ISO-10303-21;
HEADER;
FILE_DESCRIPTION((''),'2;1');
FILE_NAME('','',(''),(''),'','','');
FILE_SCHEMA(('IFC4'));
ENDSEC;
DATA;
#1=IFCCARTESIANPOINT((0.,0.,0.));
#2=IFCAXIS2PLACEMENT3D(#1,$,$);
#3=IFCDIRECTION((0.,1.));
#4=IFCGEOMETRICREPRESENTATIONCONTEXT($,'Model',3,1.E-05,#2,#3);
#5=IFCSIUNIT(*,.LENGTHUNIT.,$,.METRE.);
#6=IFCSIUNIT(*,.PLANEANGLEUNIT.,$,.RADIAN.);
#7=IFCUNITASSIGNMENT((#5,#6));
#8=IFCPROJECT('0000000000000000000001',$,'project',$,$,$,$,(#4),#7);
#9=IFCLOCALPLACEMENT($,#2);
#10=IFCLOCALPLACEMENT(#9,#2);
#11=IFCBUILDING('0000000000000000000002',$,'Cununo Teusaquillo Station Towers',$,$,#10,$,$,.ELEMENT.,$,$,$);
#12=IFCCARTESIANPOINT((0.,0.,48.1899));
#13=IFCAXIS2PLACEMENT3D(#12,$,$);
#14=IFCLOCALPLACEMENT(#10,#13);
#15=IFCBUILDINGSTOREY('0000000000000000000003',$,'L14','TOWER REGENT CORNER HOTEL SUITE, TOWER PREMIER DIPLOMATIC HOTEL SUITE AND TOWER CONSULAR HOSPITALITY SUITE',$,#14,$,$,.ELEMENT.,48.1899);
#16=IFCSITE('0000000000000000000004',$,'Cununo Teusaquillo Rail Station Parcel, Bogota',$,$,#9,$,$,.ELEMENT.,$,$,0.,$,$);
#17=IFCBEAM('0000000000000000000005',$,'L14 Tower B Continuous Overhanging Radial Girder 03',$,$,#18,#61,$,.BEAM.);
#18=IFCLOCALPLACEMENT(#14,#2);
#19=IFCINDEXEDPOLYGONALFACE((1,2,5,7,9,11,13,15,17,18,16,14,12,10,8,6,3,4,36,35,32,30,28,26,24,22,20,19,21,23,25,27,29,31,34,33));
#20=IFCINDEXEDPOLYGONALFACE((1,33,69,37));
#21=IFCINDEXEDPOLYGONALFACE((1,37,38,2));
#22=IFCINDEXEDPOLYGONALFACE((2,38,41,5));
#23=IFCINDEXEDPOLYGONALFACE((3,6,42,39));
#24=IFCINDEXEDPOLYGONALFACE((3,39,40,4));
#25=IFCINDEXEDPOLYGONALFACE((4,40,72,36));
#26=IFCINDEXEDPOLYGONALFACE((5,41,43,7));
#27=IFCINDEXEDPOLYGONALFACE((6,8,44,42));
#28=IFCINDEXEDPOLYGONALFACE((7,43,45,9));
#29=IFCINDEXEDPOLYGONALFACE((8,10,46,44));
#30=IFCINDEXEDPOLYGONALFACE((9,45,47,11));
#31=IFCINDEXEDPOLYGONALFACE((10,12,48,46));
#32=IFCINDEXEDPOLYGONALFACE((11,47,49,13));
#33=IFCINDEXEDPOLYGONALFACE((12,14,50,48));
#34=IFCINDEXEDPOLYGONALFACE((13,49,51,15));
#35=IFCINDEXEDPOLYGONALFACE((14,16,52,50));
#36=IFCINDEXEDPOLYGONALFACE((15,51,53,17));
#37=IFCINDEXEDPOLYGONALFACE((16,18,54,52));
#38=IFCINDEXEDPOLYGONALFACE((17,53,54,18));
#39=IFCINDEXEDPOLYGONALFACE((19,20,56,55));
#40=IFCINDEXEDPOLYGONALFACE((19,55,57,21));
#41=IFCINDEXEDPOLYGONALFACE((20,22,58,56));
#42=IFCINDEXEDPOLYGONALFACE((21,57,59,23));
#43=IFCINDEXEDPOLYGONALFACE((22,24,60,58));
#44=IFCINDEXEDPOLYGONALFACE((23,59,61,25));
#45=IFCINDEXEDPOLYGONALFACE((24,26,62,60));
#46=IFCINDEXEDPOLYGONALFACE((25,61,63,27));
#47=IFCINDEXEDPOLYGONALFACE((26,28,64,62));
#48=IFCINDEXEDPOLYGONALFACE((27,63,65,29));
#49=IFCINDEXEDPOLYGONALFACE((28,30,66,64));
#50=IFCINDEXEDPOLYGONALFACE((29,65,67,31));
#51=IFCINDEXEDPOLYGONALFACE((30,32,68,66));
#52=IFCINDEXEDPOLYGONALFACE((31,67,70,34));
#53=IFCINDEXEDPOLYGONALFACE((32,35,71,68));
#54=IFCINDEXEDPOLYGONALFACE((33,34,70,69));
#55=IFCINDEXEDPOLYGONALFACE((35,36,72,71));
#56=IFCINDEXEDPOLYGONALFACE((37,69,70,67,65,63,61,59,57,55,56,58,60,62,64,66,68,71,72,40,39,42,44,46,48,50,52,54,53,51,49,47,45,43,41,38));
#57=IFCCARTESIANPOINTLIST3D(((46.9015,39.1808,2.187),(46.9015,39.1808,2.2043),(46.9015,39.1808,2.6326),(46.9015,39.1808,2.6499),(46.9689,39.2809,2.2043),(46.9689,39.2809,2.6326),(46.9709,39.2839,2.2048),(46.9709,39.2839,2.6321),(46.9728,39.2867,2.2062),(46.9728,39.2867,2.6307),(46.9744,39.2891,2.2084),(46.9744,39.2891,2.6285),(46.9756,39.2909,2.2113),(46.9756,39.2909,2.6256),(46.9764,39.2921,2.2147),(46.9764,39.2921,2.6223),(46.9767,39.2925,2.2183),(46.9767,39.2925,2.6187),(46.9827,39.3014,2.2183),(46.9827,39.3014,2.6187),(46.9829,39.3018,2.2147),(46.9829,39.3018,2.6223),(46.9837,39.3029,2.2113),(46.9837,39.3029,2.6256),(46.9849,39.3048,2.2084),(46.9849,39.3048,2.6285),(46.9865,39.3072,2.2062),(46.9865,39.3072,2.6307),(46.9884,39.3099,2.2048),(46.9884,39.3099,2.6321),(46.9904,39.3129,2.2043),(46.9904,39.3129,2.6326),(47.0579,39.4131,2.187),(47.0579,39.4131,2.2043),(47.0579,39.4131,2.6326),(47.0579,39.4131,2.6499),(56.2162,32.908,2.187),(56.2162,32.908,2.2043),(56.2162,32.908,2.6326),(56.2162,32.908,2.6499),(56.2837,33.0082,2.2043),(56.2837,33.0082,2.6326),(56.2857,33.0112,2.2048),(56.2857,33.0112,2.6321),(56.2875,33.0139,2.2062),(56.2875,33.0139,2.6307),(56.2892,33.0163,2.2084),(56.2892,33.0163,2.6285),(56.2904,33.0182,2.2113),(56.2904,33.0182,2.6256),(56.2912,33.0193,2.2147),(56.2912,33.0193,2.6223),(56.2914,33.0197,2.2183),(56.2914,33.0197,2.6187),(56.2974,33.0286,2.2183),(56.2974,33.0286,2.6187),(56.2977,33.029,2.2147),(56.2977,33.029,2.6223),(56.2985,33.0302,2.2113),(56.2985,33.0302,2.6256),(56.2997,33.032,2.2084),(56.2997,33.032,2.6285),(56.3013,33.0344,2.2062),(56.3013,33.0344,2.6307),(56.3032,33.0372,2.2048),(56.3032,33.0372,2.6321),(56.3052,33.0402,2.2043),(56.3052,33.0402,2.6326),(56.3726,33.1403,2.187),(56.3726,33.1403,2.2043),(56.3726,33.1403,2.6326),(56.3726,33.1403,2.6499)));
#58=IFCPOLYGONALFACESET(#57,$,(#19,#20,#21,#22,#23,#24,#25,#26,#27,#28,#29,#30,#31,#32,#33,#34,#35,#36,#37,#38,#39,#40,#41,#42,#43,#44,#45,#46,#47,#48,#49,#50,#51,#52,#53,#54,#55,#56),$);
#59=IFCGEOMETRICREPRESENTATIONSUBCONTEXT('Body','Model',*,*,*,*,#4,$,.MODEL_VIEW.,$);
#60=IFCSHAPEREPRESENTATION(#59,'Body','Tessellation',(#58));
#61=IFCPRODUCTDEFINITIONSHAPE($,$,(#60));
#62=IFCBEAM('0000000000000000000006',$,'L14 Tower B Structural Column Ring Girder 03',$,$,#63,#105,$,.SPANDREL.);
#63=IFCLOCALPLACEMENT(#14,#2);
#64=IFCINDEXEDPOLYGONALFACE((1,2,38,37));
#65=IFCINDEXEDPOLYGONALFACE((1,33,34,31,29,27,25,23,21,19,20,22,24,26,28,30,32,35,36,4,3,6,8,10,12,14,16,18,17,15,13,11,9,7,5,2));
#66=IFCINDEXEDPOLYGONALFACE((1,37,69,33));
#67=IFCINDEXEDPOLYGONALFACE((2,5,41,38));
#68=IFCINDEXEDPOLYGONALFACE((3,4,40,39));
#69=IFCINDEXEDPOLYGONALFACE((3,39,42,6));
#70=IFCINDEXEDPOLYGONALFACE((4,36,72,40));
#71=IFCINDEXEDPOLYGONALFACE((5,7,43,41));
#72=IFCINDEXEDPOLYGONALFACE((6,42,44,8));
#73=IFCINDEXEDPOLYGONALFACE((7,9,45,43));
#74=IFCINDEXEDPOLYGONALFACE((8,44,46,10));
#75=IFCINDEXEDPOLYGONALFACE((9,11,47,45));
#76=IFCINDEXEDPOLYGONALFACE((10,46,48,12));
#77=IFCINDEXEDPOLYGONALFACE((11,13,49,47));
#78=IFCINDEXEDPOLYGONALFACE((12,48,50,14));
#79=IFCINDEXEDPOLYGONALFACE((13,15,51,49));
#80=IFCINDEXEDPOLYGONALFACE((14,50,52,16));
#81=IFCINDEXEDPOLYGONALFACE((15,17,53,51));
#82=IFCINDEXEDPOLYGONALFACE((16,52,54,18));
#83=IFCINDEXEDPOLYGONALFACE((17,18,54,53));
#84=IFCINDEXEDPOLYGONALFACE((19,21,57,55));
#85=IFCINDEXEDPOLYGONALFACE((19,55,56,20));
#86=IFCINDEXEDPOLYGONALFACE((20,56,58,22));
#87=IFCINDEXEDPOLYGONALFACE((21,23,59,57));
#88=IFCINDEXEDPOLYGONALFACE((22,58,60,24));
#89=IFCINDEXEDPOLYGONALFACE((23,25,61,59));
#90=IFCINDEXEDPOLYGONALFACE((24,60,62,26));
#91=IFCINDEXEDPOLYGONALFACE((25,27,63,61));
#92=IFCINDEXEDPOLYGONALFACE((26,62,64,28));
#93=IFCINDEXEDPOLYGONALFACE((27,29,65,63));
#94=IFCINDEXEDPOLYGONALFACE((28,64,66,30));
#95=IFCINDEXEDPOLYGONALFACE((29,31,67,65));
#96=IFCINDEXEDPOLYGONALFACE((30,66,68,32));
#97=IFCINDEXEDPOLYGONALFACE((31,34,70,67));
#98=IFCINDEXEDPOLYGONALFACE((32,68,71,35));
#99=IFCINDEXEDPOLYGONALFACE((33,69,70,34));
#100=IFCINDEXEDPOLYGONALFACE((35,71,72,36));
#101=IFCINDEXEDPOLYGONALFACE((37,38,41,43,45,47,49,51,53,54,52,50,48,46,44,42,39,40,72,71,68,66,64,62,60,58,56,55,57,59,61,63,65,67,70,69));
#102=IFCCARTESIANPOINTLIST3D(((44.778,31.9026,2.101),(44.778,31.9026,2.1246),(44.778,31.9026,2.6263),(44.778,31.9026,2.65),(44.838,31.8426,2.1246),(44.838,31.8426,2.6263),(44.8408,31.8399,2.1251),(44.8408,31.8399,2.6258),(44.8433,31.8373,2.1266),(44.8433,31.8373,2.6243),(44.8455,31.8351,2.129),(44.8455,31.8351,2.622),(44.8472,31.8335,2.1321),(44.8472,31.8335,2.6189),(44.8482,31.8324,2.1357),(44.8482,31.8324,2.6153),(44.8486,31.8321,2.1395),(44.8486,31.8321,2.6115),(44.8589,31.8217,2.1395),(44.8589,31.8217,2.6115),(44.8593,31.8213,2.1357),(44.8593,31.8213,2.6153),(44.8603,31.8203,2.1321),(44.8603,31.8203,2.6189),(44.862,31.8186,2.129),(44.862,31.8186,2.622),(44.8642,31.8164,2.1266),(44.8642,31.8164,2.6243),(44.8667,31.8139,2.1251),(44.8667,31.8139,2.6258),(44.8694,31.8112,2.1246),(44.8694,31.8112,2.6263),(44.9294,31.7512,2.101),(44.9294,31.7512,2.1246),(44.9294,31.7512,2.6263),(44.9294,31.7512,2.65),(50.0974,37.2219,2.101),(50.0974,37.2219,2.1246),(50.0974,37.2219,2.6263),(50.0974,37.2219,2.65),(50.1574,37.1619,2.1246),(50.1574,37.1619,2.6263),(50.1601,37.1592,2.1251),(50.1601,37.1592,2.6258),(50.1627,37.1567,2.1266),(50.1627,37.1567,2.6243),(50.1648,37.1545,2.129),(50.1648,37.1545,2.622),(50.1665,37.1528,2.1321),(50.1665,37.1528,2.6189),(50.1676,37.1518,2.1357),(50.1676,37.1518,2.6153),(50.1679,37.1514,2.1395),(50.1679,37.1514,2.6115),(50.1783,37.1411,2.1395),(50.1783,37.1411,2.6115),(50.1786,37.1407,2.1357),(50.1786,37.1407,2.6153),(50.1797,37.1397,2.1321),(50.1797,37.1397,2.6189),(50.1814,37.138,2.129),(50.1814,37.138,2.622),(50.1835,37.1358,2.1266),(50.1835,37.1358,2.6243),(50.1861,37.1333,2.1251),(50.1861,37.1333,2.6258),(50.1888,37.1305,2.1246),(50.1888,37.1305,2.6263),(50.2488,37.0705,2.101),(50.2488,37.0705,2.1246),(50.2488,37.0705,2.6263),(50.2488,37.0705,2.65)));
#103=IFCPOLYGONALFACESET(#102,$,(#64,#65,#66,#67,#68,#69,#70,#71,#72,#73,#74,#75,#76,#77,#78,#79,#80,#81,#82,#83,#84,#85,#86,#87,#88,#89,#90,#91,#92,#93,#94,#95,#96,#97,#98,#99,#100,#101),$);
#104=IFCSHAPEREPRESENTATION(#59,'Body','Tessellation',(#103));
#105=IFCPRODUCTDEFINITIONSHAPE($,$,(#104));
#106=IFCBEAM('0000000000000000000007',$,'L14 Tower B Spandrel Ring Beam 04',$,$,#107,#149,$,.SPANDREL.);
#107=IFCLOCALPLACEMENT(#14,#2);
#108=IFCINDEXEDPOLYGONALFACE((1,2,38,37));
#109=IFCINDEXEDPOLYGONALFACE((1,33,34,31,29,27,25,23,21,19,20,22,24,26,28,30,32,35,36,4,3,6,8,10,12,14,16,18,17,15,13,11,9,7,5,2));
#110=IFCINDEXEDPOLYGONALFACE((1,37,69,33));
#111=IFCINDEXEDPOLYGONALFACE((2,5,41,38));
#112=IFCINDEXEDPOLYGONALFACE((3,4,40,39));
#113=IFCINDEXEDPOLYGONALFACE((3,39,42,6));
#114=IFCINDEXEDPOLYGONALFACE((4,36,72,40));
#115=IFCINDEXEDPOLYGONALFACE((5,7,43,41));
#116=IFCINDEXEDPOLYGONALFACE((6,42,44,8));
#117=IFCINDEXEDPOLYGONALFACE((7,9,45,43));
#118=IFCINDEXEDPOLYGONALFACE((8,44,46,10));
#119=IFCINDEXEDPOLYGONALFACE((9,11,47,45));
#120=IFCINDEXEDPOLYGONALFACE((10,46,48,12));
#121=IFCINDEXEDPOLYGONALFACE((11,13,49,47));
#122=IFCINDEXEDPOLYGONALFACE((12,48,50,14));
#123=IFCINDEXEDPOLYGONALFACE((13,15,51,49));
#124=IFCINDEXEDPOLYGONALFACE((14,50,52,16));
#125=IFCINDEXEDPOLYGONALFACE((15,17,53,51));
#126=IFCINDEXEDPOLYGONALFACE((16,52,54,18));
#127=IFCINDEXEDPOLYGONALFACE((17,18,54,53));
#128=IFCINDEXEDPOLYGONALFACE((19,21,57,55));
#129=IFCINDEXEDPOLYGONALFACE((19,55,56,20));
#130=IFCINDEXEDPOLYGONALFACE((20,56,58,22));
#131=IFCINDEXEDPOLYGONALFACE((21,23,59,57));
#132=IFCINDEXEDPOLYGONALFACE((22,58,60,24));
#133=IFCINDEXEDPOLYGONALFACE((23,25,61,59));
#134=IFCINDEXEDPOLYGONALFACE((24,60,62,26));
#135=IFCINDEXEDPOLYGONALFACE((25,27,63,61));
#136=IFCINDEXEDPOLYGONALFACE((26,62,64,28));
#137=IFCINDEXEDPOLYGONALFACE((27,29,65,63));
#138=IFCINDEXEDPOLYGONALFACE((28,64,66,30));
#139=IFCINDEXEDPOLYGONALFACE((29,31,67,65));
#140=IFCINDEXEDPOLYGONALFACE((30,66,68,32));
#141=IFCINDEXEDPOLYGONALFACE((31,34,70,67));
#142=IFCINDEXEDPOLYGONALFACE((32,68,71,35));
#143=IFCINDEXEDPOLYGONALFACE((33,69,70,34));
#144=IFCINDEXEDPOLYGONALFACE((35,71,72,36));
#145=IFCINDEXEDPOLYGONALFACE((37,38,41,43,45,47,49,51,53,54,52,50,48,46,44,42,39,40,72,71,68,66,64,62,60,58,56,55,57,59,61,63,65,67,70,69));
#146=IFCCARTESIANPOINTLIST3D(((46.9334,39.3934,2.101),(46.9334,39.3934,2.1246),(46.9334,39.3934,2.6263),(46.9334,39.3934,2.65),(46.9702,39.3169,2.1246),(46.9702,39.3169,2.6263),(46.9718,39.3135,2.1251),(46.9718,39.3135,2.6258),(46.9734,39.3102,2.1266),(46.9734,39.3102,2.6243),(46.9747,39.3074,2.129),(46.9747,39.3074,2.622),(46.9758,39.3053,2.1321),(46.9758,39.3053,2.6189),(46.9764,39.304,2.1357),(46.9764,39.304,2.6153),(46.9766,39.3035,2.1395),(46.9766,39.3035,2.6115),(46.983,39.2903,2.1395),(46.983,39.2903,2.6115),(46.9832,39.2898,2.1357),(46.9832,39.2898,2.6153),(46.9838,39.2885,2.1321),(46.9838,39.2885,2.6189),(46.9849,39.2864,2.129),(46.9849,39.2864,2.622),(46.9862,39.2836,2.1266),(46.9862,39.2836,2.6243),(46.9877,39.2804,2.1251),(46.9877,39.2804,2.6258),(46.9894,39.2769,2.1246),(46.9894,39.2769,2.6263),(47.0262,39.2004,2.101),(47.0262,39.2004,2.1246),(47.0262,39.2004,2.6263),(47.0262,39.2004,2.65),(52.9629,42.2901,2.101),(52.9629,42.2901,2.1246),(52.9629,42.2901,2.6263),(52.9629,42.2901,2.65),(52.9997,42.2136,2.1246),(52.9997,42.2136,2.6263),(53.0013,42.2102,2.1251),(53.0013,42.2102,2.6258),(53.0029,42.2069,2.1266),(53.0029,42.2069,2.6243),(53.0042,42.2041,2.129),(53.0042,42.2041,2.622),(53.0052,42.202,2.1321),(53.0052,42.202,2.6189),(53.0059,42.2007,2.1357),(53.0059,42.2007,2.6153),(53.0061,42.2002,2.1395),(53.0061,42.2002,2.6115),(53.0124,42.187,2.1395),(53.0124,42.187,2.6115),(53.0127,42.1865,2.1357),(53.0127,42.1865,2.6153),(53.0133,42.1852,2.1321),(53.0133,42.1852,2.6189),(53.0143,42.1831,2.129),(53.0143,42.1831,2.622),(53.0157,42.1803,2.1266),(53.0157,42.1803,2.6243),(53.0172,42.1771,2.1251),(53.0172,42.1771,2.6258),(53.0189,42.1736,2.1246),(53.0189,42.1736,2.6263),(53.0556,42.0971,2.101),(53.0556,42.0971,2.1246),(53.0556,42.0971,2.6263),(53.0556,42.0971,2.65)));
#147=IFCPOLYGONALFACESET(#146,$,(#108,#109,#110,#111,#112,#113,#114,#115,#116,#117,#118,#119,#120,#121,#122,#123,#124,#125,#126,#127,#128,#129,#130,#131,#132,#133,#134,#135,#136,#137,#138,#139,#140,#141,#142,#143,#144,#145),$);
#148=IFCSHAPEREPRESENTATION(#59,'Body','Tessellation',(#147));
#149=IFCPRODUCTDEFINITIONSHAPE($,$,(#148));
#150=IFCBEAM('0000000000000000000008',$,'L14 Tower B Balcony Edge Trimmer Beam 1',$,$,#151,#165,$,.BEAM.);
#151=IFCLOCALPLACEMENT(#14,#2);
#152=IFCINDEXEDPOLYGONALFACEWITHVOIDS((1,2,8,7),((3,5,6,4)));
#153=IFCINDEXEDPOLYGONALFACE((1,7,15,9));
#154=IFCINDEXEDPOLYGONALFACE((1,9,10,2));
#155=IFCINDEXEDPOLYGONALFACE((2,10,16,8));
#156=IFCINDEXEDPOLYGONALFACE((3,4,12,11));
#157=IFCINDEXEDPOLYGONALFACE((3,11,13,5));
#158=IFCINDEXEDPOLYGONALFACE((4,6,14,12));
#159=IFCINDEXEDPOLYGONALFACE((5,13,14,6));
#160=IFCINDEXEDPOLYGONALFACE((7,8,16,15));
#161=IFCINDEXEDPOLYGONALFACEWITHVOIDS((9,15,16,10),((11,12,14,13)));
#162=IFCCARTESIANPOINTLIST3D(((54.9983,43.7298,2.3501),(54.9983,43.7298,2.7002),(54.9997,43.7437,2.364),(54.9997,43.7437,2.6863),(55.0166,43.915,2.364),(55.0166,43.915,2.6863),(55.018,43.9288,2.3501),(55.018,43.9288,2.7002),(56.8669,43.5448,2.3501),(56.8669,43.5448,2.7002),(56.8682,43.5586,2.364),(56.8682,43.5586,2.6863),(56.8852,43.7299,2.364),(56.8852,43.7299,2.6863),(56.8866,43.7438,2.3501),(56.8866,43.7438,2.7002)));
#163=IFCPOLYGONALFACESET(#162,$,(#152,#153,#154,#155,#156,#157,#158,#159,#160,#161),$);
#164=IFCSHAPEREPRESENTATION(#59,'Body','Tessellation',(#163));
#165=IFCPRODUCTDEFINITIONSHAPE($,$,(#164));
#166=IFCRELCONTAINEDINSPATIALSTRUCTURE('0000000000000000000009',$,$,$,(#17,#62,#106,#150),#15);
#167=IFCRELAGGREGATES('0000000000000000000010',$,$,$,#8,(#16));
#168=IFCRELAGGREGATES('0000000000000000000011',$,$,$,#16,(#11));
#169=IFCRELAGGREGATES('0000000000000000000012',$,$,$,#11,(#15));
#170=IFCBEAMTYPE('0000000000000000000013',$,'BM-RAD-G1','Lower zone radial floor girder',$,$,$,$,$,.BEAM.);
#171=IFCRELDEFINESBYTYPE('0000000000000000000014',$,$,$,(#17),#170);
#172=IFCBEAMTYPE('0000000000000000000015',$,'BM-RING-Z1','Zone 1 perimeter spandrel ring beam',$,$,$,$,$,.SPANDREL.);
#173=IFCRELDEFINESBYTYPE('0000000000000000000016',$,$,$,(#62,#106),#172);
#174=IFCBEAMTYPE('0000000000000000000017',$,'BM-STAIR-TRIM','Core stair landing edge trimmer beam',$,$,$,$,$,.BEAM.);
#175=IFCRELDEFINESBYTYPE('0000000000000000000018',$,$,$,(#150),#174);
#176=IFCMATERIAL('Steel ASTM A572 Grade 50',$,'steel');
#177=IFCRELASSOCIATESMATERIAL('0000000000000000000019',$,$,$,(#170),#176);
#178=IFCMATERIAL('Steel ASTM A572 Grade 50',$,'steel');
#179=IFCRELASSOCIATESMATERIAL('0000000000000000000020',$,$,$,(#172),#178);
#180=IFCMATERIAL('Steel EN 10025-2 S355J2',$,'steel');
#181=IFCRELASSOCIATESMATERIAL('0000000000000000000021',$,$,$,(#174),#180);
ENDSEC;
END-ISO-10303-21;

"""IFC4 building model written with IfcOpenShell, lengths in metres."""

from ifc_helpers import new_model, si_unit, direction, frame, origin, origin_2d, place, context, subcontext, project, spatial, hollow_rectangle, i_section, extrude, material, material_profile, profile_set, type_object, element, save


model = new_model("IFC4")

# Units and contexts
model_context = context("Model", 3, precision=1e-05, world=origin(), true_north=direction((0.0, 1.0)))
body_context = subcontext(model_context, "Body", "Model", "MODEL_VIEW")
ifc_project = project(units=[si_unit("LENGTHUNIT", "METRE"), si_unit("PLANEANGLEUNIT", "RADIAN")], contexts=[model_context])

# Site, building, storey
site_placement = place(None, origin())
site = spatial("IfcSite", under=ifc_project, at=site_placement, Name="Cununo Teusaquillo Rail Station Parcel, Bogota", CompositionType="ELEMENT", RefElevation=0.0)
building_placement = place(site_placement, origin())
building = spatial("IfcBuilding", under=site, at=building_placement, Name="Cununo Teusaquillo Station Towers", CompositionType="ELEMENT")
storey_placement = place(building_placement, frame((0.0, 0.0, 48.1899)))
storey = spatial("IfcBuildingStorey", under=building, at=storey_placement, Name="L14", Description="TOWER REGENT CORNER HOTEL SUITE, TOWER PREMIER DIPLOMATIC HOTEL SUITE AND TOWER CONSULAR HOSPITALITY SUITE", CompositionType="ELEMENT", Elevation=48.1899)

# Beams
ifc_material_1 = material(Name="Steel ASTM A572 Grade 50", Category="steel")
ifc_material_profile_1 = material_profile(ifc_material_1, i_section(OverallWidth=0.28, OverallDepth=0.4629, WebThickness=0.0107, FlangeThickness=0.0173, FilletRadius=0.0139, at=origin_2d()), Name="W18X76")
ifc_profile_set_1 = profile_set([ifc_material_profile_1], Name="Steel ASTM A572 Grade 50")
beam_type_1 = type_object("IfcBeamType", Name="BM-RAD-G1", Description="Lower zone radial floor girder", PredefinedType="BEAM", material=ifc_profile_set_1)
beam_1_placement = place(storey_placement, frame((56.2944, 33.0242, 2.4185), z_axis=(-0.829456, 0.558572, 0.0), x_axis=(-0.558572, -0.829456, 0.0)))
element("IfcBeam", 1, at=beam_1_placement, inside=storey, type_object=beam_type_1, Name="L14 Tower B Continuous Overhanging Radial Girder 03", PredefinedType="BEAM", context=body_context, shape_type="SweptSolid", body=[
    extrude(i_section(OverallWidth=0.28, OverallDepth=0.4629, WebThickness=0.0107, FlangeThickness=0.0173, FilletRadius=0.0139, at=origin_2d()), origin(), (0.0, 0.0, 1.0), 11.23),
])
ifc_material_2 = material(Name="Steel ASTM A572 Grade 50", Category="steel")
ifc_material_profile_2 = material_profile(ifc_material_2, i_section(OverallWidth=0.2141, OverallDepth=0.5491, WebThickness=0.0146, FlangeThickness=0.0237, FilletRadius=0.0149, at=origin_2d()), Name="W21X93")
ifc_profile_set_2 = profile_set([ifc_material_profile_2], Name="Steel ASTM A572 Grade 50")
beam_type_2 = type_object("IfcBeamType", Name="BM-RING-Z1", Description="Zone 1 perimeter spandrel ring beam", PredefinedType="SPANDREL", material=ifc_profile_set_2)
beam_2_placement = place(storey_placement, frame((50.1731, 37.1462, 2.3755), z_axis=(-0.707107, -0.707107, 0.0), x_axis=(0.707107, -0.707107, 0.0)))
element("IfcBeam", 2, at=beam_2_placement, inside=storey, type_object=beam_type_2, Name="L14 Tower B Structural Column Ring Girder 03", PredefinedType="SPANDREL", context=body_context, shape_type="SweptSolid", body=[
    extrude(i_section(OverallWidth=0.2141, OverallDepth=0.5491, WebThickness=0.0146, FlangeThickness=0.0237, FilletRadius=0.0149, at=origin_2d()), origin(), (0.0, 0.0, 1.0), 7.5227),
])
beam_3_placement = place(storey_placement, frame((53.0093, 42.1936, 2.3755), z_axis=(-0.901374, -0.433041, 0.0), x_axis=(0.433041, -0.901374, 0.0)))
element("IfcBeam", 3, at=beam_3_placement, inside=storey, type_object=beam_type_2, Name="L14 Tower B Spandrel Ring Beam 04", PredefinedType="SPANDREL", context=body_context, shape_type="SweptSolid", body=[
    extrude(i_section(OverallWidth=0.2141, OverallDepth=0.5491, WebThickness=0.0146, FlangeThickness=0.0237, FilletRadius=0.0149, at=origin_2d()), origin(), (0.0, 0.0, 1.0), 6.6892),
])
ifc_material_3 = material(Name="Steel EN 10025-2 S355J2", Category="steel")
ifc_material_profile_3 = material_profile(ifc_material_3, hollow_rectangle(XDim=0.2, YDim=0.3501, WallThickness=0.0139, at=origin_2d()), Name="RHS 350x200x14")
ifc_profile_set_3 = profile_set([ifc_material_profile_3], Name="Steel EN 10025-2 S355J2")
beam_type_3 = type_object("IfcBeamType", Name="BM-STAIR-TRIM", Description="Core stair landing edge trimmer beam", PredefinedType="BEAM", material=ifc_profile_set_3)
beam_4_placement = place(storey_placement, frame((56.8767, 43.6443, 2.5251), z_axis=(-0.995132, 0.098551, 0.0), x_axis=(-0.098551, -0.995132, 0.0)))
element("IfcBeam", 4, at=beam_4_placement, inside=storey, type_object=beam_type_3, Name="L14 Tower B Balcony Edge Trimmer Beam 1", PredefinedType="BEAM", context=body_context, shape_type="SweptSolid", body=[
    extrude(hollow_rectangle(XDim=0.2, YDim=0.3501, WallThickness=0.0139, at=origin_2d()), origin(), (0.0, 0.0, 1.0), 1.8777),
])

save(model, "model.ifc")
